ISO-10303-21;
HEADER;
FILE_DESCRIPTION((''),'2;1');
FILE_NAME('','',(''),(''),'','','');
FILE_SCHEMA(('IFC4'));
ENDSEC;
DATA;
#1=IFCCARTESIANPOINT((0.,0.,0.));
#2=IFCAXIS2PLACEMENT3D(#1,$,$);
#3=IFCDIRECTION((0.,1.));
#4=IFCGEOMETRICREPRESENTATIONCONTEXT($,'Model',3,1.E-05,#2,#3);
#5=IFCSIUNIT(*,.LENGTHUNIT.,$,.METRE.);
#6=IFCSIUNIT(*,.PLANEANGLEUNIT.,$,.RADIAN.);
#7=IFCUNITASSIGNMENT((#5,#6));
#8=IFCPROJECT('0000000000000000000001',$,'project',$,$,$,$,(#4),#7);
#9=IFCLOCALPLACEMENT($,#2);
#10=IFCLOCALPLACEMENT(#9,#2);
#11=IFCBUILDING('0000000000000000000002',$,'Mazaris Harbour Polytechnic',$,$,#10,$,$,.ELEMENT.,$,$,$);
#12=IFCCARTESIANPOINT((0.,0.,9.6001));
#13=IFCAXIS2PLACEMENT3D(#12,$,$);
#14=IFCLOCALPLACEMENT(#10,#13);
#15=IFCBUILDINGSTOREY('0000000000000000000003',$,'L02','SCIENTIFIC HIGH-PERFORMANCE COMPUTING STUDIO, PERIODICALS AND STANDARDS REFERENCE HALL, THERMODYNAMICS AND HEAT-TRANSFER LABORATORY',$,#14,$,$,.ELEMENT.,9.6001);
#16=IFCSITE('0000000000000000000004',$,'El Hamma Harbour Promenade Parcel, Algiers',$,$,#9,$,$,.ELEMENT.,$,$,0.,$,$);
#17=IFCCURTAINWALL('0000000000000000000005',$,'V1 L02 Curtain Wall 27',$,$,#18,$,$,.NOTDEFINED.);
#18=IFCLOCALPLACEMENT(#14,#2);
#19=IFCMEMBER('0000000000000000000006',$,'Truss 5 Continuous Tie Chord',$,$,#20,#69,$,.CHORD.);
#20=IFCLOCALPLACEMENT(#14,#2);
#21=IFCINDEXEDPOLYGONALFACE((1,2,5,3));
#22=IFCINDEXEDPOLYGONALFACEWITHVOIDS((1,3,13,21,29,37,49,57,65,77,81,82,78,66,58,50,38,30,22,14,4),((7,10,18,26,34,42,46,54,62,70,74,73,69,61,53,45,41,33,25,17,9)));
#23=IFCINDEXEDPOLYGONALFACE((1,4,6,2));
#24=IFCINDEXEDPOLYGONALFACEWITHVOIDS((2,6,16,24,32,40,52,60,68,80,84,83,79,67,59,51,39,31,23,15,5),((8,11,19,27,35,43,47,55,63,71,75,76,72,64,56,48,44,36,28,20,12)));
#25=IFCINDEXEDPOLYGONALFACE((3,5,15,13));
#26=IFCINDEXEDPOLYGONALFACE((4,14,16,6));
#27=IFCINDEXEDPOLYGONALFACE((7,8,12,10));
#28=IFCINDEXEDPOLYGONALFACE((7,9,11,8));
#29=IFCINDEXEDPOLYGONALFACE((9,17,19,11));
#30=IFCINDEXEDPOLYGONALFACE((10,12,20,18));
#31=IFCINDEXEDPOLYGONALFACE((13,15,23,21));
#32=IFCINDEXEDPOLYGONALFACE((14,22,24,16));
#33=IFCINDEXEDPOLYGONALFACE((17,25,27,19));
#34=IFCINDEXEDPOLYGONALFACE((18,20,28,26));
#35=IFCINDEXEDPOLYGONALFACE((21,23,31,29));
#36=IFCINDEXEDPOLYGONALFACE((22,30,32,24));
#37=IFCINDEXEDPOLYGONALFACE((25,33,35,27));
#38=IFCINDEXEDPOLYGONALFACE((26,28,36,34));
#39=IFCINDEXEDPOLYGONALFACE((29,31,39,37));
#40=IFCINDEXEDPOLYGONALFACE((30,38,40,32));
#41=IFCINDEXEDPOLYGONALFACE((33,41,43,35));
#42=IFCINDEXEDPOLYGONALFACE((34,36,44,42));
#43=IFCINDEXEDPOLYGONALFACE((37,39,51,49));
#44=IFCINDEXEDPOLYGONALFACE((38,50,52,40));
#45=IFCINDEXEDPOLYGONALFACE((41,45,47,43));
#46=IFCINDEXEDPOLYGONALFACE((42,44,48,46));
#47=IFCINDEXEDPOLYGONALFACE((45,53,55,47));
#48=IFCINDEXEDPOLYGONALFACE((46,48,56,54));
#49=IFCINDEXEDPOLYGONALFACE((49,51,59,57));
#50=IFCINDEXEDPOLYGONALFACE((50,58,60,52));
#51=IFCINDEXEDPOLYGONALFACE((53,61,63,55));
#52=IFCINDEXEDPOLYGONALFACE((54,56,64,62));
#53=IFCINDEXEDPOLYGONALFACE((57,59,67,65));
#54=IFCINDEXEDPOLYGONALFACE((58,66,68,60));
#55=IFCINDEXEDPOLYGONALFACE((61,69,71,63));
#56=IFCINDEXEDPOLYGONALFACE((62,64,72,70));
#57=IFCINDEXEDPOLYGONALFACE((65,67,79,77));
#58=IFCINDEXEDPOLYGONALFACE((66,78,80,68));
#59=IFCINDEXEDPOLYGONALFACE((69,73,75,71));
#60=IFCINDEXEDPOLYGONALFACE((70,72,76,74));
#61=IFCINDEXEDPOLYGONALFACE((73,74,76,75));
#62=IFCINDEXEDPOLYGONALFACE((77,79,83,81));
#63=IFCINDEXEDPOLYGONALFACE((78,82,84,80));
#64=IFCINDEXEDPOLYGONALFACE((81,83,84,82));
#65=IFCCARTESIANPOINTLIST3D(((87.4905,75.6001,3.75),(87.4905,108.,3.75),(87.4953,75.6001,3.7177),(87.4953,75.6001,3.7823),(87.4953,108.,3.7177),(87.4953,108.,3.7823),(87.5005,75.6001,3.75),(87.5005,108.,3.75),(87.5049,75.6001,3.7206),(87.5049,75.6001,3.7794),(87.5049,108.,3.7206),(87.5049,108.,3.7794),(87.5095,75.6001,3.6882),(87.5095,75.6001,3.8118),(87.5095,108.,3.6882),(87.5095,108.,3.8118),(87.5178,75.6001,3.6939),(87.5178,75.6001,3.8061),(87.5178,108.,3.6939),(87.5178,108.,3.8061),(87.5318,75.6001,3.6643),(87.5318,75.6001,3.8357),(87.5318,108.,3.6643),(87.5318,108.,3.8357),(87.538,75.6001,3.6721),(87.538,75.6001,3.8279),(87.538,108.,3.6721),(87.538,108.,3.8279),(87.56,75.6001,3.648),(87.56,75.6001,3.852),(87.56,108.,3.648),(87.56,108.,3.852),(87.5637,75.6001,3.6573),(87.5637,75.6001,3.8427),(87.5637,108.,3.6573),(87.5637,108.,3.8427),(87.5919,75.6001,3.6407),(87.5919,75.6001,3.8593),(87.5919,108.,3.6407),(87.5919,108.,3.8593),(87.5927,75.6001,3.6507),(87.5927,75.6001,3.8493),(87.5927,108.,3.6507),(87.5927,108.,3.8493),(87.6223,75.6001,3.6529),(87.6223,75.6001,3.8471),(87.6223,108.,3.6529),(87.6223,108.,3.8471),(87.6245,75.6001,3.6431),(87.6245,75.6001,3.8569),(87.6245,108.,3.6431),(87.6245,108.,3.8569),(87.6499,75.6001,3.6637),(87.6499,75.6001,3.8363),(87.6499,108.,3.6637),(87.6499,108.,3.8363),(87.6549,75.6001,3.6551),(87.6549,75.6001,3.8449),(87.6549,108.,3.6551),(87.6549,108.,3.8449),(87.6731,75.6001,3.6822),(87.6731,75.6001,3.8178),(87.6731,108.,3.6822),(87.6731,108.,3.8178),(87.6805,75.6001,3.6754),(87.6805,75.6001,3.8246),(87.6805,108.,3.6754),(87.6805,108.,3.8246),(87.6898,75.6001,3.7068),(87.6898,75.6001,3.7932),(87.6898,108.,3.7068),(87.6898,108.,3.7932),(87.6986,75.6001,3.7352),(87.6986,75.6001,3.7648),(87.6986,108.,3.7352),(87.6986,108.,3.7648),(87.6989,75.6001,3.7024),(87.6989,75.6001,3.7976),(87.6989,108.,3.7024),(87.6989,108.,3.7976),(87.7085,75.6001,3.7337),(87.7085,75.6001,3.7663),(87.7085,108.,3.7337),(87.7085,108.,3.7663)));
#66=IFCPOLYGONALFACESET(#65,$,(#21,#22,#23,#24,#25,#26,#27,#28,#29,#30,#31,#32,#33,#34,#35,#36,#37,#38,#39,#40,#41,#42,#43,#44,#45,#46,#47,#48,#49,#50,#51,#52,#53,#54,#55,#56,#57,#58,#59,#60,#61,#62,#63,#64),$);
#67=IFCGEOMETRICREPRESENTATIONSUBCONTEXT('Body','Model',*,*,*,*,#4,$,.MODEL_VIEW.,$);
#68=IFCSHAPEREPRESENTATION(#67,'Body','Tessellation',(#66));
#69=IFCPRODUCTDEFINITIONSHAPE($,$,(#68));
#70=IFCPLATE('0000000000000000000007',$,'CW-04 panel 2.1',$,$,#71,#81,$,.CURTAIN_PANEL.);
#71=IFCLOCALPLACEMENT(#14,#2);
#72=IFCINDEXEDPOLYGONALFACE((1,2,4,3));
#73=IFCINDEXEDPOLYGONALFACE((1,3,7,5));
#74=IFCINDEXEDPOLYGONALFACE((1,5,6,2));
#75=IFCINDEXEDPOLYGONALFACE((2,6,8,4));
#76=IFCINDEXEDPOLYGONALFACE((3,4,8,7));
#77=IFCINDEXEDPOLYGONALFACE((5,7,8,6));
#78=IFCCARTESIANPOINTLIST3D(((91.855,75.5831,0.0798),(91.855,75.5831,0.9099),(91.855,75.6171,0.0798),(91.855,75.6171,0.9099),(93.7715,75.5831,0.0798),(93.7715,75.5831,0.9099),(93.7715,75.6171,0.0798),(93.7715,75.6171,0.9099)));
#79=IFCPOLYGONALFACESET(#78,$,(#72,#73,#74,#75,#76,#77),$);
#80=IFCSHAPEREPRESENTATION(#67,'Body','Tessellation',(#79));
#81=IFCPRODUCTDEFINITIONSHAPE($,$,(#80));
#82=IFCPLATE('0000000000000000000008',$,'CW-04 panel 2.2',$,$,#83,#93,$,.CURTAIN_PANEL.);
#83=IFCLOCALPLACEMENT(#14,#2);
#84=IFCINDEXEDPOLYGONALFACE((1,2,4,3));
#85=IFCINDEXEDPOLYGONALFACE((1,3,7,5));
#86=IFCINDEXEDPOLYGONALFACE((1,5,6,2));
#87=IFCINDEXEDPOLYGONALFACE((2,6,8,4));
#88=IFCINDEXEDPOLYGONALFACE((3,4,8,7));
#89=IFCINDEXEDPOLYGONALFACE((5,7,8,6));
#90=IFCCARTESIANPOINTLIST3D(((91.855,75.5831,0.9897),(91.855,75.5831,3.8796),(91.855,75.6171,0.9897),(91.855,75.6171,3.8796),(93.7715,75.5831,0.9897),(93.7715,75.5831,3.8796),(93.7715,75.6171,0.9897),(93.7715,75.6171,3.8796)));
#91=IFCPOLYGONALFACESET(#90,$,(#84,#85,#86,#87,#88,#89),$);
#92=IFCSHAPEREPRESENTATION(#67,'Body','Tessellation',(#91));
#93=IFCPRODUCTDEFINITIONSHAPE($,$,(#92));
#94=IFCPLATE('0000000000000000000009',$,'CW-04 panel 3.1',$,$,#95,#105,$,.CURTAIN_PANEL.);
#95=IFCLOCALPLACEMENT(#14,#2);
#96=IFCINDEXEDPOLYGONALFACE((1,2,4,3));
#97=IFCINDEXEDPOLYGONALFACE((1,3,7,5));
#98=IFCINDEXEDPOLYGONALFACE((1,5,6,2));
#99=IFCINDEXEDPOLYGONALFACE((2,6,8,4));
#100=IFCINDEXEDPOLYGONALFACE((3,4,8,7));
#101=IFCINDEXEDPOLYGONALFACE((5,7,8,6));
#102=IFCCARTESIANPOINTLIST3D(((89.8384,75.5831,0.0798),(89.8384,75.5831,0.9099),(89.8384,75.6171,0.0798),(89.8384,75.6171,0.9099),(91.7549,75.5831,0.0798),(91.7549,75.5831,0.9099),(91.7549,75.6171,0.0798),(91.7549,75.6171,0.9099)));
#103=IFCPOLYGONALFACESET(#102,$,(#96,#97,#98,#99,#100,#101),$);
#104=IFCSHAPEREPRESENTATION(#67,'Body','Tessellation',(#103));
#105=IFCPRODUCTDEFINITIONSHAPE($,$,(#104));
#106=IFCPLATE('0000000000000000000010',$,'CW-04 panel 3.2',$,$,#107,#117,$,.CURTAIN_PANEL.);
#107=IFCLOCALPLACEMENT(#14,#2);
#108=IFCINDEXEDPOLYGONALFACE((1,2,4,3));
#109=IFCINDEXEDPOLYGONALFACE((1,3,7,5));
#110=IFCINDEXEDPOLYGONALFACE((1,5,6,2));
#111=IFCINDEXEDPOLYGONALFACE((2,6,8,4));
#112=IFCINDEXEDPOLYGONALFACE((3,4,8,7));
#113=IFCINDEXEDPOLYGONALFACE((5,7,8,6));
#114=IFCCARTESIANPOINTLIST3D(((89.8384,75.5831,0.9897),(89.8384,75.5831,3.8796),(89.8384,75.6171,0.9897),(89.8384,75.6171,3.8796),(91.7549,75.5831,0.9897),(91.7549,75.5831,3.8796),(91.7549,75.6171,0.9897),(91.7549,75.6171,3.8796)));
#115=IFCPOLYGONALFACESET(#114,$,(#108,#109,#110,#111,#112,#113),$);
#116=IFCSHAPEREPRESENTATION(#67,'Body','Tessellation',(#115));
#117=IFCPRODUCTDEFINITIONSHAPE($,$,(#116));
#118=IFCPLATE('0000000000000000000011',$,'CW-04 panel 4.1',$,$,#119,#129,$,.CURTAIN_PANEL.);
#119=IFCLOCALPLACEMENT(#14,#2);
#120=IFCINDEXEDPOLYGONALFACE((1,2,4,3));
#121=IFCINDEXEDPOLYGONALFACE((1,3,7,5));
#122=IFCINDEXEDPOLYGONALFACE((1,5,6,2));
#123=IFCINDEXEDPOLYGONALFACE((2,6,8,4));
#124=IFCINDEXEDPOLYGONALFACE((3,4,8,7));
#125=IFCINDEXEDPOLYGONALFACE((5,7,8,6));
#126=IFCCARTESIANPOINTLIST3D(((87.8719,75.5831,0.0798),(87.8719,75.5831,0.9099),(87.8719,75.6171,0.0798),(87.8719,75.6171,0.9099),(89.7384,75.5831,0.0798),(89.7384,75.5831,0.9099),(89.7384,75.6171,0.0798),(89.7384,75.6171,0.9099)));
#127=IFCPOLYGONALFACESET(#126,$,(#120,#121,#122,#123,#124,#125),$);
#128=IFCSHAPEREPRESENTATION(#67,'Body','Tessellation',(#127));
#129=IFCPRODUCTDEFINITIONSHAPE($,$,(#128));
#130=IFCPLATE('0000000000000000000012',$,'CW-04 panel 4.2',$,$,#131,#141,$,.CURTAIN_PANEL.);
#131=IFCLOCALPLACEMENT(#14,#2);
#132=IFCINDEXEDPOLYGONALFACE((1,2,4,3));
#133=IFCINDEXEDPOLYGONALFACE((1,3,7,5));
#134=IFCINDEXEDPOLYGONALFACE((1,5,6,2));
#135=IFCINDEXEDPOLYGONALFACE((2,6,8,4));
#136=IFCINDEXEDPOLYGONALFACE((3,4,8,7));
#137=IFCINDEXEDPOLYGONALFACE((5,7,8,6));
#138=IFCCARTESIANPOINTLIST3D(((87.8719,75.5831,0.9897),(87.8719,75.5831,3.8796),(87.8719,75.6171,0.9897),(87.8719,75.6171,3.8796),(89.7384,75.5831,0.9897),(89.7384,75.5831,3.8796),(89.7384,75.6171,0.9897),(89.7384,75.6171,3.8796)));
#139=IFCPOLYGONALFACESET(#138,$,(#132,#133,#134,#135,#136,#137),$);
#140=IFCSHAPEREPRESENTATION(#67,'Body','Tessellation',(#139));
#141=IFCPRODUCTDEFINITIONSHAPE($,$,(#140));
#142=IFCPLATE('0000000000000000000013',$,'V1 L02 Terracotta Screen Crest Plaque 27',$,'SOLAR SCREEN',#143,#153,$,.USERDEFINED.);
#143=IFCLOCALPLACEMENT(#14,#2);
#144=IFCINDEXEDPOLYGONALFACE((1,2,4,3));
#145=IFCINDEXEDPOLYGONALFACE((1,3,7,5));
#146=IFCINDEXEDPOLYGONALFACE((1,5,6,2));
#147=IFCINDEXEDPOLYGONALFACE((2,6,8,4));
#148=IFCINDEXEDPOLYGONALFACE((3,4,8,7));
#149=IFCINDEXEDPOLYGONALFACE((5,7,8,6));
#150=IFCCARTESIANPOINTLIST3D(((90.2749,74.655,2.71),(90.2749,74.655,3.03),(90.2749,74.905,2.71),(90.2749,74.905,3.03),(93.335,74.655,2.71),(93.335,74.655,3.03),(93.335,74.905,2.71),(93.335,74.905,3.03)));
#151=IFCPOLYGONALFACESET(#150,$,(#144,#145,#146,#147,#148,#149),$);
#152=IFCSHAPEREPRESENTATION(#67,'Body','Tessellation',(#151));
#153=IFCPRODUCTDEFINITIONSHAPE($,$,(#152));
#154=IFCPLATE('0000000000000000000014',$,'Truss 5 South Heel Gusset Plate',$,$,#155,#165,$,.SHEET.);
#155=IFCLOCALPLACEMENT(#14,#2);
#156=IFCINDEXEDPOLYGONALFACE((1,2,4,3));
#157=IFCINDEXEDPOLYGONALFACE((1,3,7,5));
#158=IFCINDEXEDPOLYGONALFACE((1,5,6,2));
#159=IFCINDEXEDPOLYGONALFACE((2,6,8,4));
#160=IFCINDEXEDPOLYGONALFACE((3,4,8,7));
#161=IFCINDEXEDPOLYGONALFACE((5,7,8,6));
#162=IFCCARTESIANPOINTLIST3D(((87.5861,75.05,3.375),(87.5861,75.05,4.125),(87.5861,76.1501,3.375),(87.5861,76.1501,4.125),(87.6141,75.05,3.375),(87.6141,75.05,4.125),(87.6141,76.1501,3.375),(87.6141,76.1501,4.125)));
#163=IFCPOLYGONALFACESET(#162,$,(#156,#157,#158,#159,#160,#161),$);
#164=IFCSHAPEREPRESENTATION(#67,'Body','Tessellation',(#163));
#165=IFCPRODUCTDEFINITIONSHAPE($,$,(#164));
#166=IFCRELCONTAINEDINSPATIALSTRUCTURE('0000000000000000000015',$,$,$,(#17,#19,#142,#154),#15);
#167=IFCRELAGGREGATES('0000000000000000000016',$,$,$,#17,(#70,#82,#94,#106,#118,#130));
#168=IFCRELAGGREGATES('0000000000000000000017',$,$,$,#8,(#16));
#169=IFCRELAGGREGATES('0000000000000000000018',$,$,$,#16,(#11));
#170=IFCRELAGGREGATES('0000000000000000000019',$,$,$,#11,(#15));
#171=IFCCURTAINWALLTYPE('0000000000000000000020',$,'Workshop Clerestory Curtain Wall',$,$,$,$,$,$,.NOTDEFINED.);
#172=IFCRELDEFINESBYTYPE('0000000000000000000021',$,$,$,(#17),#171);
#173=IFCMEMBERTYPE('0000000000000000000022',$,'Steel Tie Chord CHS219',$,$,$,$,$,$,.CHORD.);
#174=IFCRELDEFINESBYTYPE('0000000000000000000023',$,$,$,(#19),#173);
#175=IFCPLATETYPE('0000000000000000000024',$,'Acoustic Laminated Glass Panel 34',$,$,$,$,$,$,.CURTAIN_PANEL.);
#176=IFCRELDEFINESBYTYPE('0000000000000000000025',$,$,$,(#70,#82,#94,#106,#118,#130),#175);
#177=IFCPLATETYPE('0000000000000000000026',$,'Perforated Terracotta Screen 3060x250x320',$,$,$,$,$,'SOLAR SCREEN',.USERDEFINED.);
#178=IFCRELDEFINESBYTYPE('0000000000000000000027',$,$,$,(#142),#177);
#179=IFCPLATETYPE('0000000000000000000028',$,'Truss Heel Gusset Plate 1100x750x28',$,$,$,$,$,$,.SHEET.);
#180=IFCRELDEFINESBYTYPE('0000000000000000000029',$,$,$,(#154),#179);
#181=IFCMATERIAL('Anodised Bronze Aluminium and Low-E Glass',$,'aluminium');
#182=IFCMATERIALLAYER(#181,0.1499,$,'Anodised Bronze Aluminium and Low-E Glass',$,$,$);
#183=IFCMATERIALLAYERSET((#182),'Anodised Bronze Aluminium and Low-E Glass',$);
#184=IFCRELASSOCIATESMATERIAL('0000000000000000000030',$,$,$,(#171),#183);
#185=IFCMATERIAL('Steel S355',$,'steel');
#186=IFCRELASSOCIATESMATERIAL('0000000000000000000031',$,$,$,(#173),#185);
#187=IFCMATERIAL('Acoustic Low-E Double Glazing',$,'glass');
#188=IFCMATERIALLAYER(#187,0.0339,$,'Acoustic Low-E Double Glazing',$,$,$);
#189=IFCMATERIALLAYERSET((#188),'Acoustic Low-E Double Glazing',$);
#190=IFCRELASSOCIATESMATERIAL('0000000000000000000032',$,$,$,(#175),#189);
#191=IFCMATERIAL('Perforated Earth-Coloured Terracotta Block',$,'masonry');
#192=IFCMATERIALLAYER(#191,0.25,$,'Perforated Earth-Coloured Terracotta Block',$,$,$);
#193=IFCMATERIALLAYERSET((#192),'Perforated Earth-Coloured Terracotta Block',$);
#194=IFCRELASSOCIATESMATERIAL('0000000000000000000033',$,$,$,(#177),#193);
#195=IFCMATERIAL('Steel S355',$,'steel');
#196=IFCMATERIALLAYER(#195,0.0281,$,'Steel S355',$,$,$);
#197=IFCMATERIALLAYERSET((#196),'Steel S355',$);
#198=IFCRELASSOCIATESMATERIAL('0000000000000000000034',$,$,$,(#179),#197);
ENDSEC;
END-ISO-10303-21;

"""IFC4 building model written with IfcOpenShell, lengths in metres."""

from ifc_helpers import new_model, si_unit, direction, frame, origin, origin_2d, place, context, subcontext, project, spatial, rectangle, hollow_circle, extrude, material, layer, layer_set, material_profile, profile_set, type_object, element, aggregate, save


model = new_model("IFC4")

# Units and contexts
model_context = context("Model", 3, precision=1e-05, world=origin(), true_north=direction((0.0, 1.0)))
body_context = subcontext(model_context, "Body", "Model", "MODEL_VIEW")
ifc_project = project(units=[si_unit("LENGTHUNIT", "METRE"), si_unit("PLANEANGLEUNIT", "RADIAN")], contexts=[model_context])

# Site, building, storey
site_placement = place(None, origin())
site = spatial("IfcSite", under=ifc_project, at=site_placement, Name="El Hamma Harbour Promenade Parcel, Algiers", CompositionType="ELEMENT", RefElevation=0.0)
building_placement = place(site_placement, origin())
building = spatial("IfcBuilding", under=site, at=building_placement, Name="Mazaris Harbour Polytechnic", CompositionType="ELEMENT")
storey_placement = place(building_placement, frame((0.0, 0.0, 9.6001)))
storey = spatial("IfcBuildingStorey", under=building, at=storey_placement, Name="L02", Description="SCIENTIFIC HIGH-PERFORMANCE COMPUTING STUDIO, PERIODICALS AND STANDARDS REFERENCE HALL, THERMODYNAMICS AND HEAT-TRANSFER LABORATORY", CompositionType="ELEMENT", Elevation=9.6001)

# Curtain wall
ifc_material_1 = material(Name="Anodised Bronze Aluminium and Low-E Glass", Category="aluminium")
ifc_layer_1 = layer(ifc_material_1, 0.1499, Name="Anodised Bronze Aluminium and Low-E Glass")
ifc_layer_set_1 = layer_set([ifc_layer_1], Name="Anodised Bronze Aluminium and Low-E Glass")
curtain_wall_type = type_object("IfcCurtainWallType", Name="Workshop Clerestory Curtain Wall", PredefinedType="NOTDEFINED", material=ifc_layer_set_1)
curtain_wall_placement = place(storey_placement, origin())
curtain_wall = element("IfcCurtainWall", 1, at=curtain_wall_placement, inside=storey, type_object=curtain_wall_type, Name="V1 L02 Curtain Wall 27", PredefinedType="NOTDEFINED")

# Member
ifc_material_2 = material(Name="Steel S355", Category="steel")
ifc_material_profile_1 = material_profile(ifc_material_2, hollow_circle(Radius=0.1096, WallThickness=0.01, at=origin_2d()), Name="CHS 219.1x10.0")
ifc_profile_set_1 = profile_set([ifc_material_profile_1], Name="Steel S355")
member_type_1 = type_object("IfcMemberType", Name="Steel Tie Chord CHS219", PredefinedType="CHORD", material=ifc_profile_set_1)
member_1_placement = place(storey_placement, frame((87.6001, 75.6001, 3.75), z_axis=(0.0, 1.0, 0.0), x_axis=(-1.0, 0.0, 0.0)))
element("IfcMember", 2, at=member_1_placement, inside=storey, type_object=member_type_1, Name="Truss 5 Continuous Tie Chord", PredefinedType="CHORD", context=body_context, shape_type="SweptSolid", body=[
    extrude(hollow_circle(Radius=0.1096, WallThickness=0.01, at=origin_2d()), origin(), (0.0, 0.0, 1.0), 32.3999),
])

# Plates
ifc_material_3 = material(Name="Acoustic Low-E Double Glazing", Category="glass")
ifc_layer_2 = layer(ifc_material_3, 0.0339, Name="Acoustic Low-E Double Glazing")
ifc_layer_set_2 = layer_set([ifc_layer_2], Name="Acoustic Low-E Double Glazing")
plate_type_1 = type_object("IfcPlateType", Name="Acoustic Laminated Glass Panel 34", PredefinedType="CURTAIN_PANEL", material=ifc_layer_set_2)
plate_1_placement = place(storey_placement, frame((92.8132, 75.6001, 0.0798), z_axis=(0.0, 0.0, 1.0), x_axis=(-1.0, 0.0, 0.0)))
plate_1 = element("IfcPlate", 3, at=plate_1_placement, type_object=plate_type_1, Name="CW-04 panel 2.1", PredefinedType="CURTAIN_PANEL", context=body_context, shape_type="SweptSolid", body=[
    extrude(rectangle(XDim=1.9165, YDim=0.0339, at=origin_2d()), origin(), (0.0, 0.0, 1.0), 0.8301),
])
plate_2_placement = place(storey_placement, frame((92.8132, 75.6001, 0.9897), z_axis=(0.0, 0.0, 1.0), x_axis=(-1.0, 0.0, 0.0)))
plate_2 = element("IfcPlate", 4, at=plate_2_placement, type_object=plate_type_1, Name="CW-04 panel 2.2", PredefinedType="CURTAIN_PANEL", context=body_context, shape_type="SweptSolid", body=[
    extrude(rectangle(XDim=1.9165, YDim=0.0339, at=origin_2d()), origin(), (0.0, 0.0, 1.0), 2.8899),
])
plate_3_placement = place(storey_placement, frame((90.7966, 75.6001, 0.0798), z_axis=(0.0, 0.0, 1.0), x_axis=(-1.0, 0.0, 0.0)))
plate_3 = element("IfcPlate", 5, at=plate_3_placement, type_object=plate_type_1, Name="CW-04 panel 3.1", PredefinedType="CURTAIN_PANEL", context=body_context, shape_type="SweptSolid", body=[
    extrude(rectangle(XDim=1.9165, YDim=0.0339, at=origin_2d()), origin(), (0.0, 0.0, 1.0), 0.8301),
])
plate_4_placement = place(storey_placement, frame((90.7966, 75.6001, 0.9897), z_axis=(0.0, 0.0, 1.0), x_axis=(-1.0, 0.0, 0.0)))
plate_4 = element("IfcPlate", 6, at=plate_4_placement, type_object=plate_type_1, Name="CW-04 panel 3.2", PredefinedType="CURTAIN_PANEL", context=body_context, shape_type="SweptSolid", body=[
    extrude(rectangle(XDim=1.9165, YDim=0.0339, at=origin_2d()), origin(), (0.0, 0.0, 1.0), 2.8899),
])
plate_5_placement = place(storey_placement, frame((88.8052, 75.6001, 0.0798), z_axis=(0.0, 0.0, 1.0), x_axis=(-1.0, 0.0, 0.0)))
plate_5 = element("IfcPlate", 7, at=plate_5_placement, type_object=plate_type_1, Name="CW-04 panel 4.1", PredefinedType="CURTAIN_PANEL", context=body_context, shape_type="SweptSolid", body=[
    extrude(rectangle(XDim=1.8665, YDim=0.0339, at=origin_2d()), origin(), (0.0, 0.0, 1.0), 0.8301),
])
plate_6_placement = place(storey_placement, frame((88.8052, 75.6001, 0.9897), z_axis=(0.0, 0.0, 1.0), x_axis=(-1.0, 0.0, 0.0)))
plate_6 = element("IfcPlate", 8, at=plate_6_placement, type_object=plate_type_1, Name="CW-04 panel 4.2", PredefinedType="CURTAIN_PANEL", context=body_context, shape_type="SweptSolid", body=[
    extrude(rectangle(XDim=1.8665, YDim=0.0339, at=origin_2d()), origin(), (0.0, 0.0, 1.0), 2.8899),
])
aggregate(curtain_wall, [plate_1, plate_2, plate_3, plate_4, plate_5, plate_6])

# Plates
ifc_material_4 = material(Name="Perforated Earth-Coloured Terracotta Block", Category="masonry")
ifc_layer_3 = layer(ifc_material_4, 0.25, Name="Perforated Earth-Coloured Terracotta Block")
ifc_layer_set_3 = layer_set([ifc_layer_3], Name="Perforated Earth-Coloured Terracotta Block")
plate_type_2 = type_object("IfcPlateType", Name="Perforated Terracotta Screen 3060x250x320", ElementType="SOLAR SCREEN", PredefinedType="USERDEFINED", material=ifc_layer_set_3)
plate_7_placement = place(storey_placement, frame((91.8049, 74.78, 2.71), z_axis=(0.0, 0.0, 1.0), x_axis=(-1.0, 0.0, 0.0)))
element("IfcPlate", 9, at=plate_7_placement, inside=storey, type_object=plate_type_2, Name="V1 L02 Terracotta Screen Crest Plaque 27", ObjectType="SOLAR SCREEN", PredefinedType="USERDEFINED", context=body_context, shape_type="SweptSolid", body=[
    extrude(rectangle(XDim=3.0601, YDim=0.25, at=origin_2d()), origin(), (0.0, 0.0, 1.0), 0.3201),
])
ifc_material_5 = material(Name="Steel S355", Category="steel")
ifc_layer_4 = layer(ifc_material_5, 0.0281, Name="Steel S355")
ifc_layer_set_4 = layer_set([ifc_layer_4], Name="Steel S355")
plate_type_3 = type_object("IfcPlateType", Name="Truss Heel Gusset Plate 1100x750x28", PredefinedType="SHEET", material=ifc_layer_set_4)
plate_8_placement = place(storey_placement, frame((87.6001, 75.6001, 3.375), z_axis=(0.0, 0.0, 1.0), x_axis=(0.0, 1.0, 0.0)))
element("IfcPlate", 10, at=plate_8_placement, inside=storey, type_object=plate_type_3, Name="Truss 5 South Heel Gusset Plate", PredefinedType="SHEET", context=body_context, shape_type="SweptSolid", body=[
    extrude(rectangle(XDim=1.1001, YDim=0.0281, at=origin_2d()), origin(), (0.0, 0.0, 1.0), 0.75),
])

save(model, "model.ifc")
